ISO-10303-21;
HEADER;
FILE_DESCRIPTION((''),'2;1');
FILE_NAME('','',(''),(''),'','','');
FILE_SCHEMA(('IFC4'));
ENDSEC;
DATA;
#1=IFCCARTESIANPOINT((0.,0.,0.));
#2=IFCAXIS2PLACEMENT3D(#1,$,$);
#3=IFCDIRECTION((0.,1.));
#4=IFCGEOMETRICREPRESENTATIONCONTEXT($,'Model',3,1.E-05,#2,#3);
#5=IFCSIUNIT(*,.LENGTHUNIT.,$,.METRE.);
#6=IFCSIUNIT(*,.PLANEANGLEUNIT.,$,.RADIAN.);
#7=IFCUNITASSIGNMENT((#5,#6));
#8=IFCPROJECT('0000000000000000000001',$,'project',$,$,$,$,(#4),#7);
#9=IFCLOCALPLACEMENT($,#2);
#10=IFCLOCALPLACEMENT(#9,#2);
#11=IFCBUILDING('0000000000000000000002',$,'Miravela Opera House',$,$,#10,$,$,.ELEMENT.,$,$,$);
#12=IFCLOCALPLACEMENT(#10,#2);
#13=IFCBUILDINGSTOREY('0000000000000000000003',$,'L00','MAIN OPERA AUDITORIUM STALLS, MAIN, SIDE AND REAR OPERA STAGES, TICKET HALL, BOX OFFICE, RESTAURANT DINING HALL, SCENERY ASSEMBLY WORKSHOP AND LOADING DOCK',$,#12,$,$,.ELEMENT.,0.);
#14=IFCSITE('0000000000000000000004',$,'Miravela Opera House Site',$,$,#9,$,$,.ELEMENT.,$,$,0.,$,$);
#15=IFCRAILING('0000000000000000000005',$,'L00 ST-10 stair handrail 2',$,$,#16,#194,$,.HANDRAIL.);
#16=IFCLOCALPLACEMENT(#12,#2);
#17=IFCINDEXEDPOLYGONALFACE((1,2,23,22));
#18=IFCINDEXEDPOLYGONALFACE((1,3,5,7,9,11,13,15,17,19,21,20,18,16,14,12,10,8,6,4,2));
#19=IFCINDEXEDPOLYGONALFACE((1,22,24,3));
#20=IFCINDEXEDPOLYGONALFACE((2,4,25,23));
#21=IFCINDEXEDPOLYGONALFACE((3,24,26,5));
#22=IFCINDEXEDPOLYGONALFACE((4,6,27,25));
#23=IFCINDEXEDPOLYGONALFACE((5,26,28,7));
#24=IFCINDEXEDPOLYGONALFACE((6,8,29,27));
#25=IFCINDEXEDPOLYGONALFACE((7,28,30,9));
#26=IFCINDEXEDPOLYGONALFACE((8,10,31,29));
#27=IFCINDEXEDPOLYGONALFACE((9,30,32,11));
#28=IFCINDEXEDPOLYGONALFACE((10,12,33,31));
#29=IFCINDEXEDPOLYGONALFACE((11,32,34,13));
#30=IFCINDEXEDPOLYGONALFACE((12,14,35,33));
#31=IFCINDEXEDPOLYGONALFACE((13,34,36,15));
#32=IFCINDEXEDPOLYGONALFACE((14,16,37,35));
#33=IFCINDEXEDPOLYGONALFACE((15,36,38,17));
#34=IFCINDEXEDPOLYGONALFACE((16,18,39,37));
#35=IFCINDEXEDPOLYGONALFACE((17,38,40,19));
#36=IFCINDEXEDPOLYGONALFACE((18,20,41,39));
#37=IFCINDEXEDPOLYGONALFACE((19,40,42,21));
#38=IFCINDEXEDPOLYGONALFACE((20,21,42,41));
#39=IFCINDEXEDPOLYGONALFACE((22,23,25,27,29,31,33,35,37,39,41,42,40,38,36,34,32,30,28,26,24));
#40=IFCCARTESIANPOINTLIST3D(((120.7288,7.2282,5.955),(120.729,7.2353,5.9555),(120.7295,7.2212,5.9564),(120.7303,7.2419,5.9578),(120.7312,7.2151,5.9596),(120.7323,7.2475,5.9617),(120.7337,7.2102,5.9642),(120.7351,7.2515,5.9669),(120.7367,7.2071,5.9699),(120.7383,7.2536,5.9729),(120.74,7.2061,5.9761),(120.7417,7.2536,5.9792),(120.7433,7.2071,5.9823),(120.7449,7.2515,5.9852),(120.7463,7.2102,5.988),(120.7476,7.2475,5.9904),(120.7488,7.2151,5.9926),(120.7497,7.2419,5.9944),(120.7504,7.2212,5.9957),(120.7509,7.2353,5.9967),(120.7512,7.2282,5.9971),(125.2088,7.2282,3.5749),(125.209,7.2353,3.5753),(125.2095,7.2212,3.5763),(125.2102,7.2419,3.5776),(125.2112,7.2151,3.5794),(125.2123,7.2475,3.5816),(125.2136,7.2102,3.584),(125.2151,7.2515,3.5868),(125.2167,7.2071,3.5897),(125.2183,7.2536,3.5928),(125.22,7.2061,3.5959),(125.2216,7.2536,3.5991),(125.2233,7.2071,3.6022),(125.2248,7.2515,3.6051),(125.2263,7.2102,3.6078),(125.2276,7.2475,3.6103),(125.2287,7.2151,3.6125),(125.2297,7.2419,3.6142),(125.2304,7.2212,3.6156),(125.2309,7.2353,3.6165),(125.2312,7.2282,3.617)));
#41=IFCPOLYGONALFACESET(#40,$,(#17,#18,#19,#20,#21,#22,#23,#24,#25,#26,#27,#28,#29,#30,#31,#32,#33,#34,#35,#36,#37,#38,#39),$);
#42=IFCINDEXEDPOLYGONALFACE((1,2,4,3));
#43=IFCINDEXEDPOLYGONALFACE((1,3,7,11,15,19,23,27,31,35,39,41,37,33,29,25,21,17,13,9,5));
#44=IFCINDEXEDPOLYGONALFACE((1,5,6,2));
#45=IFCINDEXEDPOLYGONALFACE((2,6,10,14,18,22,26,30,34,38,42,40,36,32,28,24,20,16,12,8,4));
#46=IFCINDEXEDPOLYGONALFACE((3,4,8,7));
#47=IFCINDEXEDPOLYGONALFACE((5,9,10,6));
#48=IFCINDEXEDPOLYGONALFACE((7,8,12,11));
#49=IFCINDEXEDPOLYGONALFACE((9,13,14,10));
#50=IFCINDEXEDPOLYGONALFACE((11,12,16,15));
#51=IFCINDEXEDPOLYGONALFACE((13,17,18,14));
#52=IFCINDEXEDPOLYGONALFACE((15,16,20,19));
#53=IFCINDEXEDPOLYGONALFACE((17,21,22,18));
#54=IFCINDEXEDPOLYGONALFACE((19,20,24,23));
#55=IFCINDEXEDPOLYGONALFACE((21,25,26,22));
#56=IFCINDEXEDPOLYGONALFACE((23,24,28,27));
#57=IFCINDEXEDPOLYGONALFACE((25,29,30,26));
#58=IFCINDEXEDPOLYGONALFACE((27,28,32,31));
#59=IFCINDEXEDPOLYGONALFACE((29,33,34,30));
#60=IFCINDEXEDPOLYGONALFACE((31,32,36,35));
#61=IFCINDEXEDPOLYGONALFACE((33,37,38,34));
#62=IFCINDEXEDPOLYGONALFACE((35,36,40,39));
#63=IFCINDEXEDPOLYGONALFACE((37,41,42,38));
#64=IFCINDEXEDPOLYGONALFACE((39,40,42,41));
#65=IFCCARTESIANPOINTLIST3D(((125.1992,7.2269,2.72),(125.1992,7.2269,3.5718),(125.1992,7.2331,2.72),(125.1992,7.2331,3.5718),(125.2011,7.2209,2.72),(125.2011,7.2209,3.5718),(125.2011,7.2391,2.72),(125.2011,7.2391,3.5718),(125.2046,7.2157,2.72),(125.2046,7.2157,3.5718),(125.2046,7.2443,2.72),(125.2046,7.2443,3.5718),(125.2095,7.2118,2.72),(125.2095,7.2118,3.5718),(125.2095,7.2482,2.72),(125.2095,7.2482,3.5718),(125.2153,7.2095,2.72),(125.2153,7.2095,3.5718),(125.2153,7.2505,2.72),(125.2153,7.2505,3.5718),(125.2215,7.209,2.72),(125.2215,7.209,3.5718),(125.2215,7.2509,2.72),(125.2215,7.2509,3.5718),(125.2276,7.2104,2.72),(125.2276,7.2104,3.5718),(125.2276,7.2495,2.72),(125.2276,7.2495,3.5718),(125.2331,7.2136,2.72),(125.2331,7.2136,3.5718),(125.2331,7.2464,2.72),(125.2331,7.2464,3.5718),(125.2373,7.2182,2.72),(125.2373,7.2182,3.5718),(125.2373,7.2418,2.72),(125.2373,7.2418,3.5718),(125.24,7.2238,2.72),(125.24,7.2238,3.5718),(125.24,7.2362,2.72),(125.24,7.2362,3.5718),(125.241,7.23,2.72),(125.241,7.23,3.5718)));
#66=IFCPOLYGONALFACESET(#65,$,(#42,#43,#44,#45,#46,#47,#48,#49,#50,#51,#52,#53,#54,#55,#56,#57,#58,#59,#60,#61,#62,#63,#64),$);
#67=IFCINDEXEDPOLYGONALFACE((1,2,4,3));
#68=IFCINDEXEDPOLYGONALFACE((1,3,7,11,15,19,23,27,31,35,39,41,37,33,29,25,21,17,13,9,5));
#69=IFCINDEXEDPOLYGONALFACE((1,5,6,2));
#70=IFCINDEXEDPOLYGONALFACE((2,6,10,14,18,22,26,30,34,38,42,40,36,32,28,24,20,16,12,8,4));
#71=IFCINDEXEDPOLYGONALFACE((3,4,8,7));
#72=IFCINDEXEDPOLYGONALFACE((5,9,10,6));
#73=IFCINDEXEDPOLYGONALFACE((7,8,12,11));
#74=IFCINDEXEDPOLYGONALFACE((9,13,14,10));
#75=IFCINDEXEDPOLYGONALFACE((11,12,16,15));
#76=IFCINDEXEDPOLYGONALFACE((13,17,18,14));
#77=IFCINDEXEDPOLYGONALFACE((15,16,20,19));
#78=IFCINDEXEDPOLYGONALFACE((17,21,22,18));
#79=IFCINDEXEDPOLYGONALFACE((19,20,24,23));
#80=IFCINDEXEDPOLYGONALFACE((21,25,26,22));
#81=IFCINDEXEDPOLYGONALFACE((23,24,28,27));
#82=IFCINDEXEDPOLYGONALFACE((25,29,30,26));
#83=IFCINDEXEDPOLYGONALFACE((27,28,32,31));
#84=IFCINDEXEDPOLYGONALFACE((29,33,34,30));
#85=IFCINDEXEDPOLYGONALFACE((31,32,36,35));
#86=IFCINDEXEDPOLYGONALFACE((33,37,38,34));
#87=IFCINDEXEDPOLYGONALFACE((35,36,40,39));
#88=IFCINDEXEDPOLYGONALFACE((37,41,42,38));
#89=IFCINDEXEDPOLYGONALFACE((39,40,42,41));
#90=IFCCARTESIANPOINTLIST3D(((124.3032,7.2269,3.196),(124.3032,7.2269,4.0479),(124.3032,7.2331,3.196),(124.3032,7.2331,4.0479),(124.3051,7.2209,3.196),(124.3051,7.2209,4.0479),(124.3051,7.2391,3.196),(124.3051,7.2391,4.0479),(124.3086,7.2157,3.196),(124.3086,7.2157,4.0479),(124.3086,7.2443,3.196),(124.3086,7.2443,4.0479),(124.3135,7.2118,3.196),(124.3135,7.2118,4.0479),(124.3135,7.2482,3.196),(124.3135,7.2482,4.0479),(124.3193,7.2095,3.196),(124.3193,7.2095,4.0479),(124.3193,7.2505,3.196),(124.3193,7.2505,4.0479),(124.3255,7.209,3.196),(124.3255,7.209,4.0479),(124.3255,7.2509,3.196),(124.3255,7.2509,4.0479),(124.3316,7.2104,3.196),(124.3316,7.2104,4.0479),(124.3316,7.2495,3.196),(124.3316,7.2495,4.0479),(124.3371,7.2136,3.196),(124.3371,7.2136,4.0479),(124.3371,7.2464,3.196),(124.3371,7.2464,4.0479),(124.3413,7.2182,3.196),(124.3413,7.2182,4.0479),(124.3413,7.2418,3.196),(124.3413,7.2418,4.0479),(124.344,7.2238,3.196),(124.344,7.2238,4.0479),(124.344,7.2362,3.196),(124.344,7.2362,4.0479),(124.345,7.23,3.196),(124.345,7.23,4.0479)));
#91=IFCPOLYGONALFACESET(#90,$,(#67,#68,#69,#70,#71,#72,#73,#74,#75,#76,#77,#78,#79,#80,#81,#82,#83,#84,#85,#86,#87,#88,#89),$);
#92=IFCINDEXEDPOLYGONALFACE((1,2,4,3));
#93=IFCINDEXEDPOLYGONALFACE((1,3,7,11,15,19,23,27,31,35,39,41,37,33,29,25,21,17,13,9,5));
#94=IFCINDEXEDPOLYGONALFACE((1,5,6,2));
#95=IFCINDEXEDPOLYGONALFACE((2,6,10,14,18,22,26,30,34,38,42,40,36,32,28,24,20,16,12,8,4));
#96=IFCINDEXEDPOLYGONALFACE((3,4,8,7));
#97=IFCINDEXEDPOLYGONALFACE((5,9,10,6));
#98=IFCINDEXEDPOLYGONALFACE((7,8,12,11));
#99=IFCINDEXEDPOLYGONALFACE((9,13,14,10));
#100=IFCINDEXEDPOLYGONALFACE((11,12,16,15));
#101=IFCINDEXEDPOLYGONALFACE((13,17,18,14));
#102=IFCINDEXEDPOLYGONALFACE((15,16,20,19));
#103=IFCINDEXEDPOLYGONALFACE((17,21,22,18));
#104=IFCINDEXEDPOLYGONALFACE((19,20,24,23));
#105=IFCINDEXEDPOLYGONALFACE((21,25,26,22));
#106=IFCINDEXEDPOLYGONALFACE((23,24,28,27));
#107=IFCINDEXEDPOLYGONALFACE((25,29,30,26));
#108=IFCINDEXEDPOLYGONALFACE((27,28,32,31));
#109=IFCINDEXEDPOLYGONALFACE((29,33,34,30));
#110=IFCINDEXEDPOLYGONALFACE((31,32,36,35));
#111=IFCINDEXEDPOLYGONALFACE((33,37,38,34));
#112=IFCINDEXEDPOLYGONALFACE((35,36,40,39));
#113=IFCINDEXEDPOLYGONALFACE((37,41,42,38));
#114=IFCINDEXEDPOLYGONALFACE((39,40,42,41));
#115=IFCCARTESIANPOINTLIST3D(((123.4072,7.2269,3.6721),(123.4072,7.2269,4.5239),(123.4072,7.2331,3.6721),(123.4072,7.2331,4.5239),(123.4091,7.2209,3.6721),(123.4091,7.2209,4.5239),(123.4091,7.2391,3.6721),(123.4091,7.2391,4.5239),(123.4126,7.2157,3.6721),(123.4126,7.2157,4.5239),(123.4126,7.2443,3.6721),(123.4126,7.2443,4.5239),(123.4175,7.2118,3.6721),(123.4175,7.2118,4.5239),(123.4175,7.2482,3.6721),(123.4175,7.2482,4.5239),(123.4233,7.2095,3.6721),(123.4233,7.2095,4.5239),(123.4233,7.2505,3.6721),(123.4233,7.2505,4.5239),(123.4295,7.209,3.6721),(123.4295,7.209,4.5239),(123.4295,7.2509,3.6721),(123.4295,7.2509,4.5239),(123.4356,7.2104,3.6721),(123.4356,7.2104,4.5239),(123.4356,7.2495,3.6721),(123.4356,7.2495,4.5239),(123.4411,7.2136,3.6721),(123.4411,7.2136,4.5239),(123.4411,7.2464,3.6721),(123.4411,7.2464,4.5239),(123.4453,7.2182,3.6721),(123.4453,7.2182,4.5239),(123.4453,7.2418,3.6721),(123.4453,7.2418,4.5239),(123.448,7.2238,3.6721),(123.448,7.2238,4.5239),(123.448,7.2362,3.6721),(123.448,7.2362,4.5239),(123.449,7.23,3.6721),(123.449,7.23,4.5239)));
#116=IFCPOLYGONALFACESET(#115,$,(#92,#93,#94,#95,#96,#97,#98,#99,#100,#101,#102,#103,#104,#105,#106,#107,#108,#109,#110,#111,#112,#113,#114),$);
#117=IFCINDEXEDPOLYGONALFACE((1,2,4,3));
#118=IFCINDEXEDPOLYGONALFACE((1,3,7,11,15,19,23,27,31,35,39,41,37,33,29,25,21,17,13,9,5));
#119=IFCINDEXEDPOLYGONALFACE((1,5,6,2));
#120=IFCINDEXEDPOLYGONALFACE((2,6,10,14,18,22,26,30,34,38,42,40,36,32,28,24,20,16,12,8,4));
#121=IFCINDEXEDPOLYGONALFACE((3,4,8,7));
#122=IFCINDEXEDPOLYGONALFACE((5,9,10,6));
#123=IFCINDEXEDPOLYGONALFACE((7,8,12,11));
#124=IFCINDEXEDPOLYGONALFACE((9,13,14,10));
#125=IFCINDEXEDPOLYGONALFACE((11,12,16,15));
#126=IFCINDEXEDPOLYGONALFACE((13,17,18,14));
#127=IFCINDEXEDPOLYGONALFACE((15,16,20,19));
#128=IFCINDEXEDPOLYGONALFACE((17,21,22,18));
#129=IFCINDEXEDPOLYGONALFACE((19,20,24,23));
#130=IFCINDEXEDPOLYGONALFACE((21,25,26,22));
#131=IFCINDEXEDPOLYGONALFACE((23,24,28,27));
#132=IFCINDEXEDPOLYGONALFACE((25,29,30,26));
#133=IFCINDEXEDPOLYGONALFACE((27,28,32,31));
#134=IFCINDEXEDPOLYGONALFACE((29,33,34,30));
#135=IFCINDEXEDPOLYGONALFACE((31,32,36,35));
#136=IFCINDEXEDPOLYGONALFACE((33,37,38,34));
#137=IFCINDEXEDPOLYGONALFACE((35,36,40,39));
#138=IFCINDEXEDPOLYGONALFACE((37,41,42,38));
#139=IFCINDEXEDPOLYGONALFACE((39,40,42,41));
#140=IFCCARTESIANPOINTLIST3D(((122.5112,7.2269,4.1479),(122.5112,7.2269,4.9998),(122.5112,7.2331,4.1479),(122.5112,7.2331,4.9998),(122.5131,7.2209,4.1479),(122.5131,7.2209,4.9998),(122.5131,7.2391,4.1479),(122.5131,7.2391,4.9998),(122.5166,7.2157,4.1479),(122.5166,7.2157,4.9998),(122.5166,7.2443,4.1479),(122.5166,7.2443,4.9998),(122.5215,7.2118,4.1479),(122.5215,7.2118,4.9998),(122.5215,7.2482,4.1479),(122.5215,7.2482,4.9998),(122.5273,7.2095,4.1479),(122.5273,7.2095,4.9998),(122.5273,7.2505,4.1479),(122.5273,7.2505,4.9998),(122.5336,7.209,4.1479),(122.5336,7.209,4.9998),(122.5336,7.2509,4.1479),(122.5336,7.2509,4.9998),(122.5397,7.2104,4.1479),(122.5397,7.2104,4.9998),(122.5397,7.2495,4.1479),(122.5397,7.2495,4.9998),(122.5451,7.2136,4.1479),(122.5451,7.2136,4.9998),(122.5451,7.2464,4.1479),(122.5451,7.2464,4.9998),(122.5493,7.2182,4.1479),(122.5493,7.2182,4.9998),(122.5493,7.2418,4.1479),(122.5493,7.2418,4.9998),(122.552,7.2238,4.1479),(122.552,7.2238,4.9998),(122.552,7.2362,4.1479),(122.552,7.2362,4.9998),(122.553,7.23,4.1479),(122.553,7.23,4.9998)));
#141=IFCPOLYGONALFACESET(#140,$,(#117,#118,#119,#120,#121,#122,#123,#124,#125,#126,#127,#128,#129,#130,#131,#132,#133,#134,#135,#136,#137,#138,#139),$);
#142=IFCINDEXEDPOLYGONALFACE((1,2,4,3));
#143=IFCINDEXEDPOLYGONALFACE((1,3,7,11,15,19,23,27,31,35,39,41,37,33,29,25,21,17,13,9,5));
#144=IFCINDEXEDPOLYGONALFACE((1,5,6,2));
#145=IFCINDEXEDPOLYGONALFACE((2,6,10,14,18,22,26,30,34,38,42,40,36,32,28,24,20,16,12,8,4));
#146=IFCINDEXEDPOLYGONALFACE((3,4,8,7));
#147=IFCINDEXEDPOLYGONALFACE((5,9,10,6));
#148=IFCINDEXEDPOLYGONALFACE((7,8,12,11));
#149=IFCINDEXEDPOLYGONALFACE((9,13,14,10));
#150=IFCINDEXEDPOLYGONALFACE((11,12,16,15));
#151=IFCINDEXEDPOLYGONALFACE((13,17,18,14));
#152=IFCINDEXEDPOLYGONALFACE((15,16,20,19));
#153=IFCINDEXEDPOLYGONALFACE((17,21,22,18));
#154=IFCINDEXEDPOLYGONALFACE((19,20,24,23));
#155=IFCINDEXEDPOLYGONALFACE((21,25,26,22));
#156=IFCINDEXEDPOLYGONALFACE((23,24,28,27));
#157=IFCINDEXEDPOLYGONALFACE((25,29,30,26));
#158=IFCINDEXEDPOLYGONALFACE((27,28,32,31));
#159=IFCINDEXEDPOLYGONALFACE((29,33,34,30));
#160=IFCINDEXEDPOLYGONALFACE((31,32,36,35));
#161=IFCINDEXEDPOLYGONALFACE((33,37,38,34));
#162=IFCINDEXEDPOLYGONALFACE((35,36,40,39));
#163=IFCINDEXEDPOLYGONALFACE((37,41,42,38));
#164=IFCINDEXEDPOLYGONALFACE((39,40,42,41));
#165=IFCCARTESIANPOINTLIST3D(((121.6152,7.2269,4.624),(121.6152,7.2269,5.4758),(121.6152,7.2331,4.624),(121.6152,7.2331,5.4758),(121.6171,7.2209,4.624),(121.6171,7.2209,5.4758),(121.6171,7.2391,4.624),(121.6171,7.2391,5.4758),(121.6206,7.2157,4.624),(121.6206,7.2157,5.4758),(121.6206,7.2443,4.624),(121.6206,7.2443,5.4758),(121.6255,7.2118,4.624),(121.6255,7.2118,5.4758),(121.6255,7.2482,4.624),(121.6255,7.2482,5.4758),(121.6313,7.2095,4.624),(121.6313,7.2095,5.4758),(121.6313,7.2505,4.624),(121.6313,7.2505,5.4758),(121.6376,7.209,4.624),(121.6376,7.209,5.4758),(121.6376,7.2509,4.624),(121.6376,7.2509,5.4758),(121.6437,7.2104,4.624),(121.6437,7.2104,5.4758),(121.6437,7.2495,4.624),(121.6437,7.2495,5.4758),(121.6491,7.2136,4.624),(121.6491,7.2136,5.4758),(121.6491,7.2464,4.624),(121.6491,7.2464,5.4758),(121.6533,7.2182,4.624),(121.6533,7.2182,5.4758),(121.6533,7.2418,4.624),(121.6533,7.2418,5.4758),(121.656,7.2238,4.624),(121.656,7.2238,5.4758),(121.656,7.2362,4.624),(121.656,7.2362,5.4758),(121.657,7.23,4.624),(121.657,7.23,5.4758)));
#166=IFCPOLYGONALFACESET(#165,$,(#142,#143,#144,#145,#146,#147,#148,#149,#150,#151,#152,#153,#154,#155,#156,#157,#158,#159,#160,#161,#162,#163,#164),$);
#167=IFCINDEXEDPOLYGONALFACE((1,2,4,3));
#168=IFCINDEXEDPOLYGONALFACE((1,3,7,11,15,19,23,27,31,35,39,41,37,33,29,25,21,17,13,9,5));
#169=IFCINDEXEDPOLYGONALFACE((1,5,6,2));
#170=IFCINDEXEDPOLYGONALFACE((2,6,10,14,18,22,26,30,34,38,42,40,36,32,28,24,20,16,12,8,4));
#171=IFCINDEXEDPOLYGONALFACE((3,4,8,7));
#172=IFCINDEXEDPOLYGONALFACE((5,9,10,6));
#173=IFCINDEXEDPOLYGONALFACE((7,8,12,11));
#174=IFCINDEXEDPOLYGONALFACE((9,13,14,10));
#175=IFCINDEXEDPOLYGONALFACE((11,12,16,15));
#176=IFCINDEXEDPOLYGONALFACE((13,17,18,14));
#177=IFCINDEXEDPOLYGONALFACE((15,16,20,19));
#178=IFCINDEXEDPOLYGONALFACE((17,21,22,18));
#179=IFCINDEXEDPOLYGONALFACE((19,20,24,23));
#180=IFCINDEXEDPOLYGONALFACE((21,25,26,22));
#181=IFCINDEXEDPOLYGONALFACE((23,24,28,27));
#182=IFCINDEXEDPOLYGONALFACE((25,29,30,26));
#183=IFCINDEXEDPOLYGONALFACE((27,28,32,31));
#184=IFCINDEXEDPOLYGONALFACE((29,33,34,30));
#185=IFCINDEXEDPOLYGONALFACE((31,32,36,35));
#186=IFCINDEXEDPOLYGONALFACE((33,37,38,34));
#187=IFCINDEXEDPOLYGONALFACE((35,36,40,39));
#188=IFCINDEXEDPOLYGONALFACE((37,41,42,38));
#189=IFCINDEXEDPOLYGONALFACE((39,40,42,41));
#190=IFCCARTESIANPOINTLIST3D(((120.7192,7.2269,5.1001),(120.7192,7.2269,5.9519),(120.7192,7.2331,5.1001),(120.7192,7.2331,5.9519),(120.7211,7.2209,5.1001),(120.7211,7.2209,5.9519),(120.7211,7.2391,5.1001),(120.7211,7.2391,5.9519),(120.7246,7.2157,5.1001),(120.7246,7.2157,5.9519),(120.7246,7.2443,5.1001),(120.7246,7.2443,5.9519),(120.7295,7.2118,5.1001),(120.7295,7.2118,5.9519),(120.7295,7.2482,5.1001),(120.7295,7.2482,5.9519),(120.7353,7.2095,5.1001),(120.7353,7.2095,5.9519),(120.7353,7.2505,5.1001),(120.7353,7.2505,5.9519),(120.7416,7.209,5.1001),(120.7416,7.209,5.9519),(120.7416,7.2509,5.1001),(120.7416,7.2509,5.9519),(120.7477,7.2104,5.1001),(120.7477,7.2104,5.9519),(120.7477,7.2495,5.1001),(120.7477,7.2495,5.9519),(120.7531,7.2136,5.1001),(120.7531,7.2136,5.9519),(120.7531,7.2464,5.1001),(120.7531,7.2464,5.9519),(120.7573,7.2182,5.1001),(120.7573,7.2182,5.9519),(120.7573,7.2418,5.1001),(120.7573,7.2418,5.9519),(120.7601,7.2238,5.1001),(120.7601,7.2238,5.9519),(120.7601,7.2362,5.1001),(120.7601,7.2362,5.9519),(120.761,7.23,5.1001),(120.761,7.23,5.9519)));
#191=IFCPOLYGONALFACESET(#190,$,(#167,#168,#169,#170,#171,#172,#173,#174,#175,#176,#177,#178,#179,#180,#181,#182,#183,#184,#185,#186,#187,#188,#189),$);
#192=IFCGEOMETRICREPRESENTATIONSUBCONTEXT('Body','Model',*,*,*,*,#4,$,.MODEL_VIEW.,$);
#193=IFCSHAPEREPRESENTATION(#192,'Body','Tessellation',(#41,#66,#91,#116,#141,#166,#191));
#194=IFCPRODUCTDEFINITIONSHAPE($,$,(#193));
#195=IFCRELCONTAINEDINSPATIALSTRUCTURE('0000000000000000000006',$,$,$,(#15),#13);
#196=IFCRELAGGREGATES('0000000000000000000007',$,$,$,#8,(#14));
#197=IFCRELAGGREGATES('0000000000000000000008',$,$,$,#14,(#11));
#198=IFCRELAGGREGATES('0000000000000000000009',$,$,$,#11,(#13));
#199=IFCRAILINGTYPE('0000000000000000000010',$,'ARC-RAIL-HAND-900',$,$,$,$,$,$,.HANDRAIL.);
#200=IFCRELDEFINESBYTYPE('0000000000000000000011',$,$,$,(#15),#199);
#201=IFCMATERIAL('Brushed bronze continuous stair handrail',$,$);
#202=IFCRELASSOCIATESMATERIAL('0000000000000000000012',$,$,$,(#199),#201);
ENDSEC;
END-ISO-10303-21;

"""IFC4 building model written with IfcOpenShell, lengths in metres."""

from ifc_helpers import new_model, si_unit, direction, frame, origin, origin_2d, place, context, subcontext, project, spatial, circle, extrude, material, type_object, element, save


model = new_model("IFC4")

# Units and contexts
model_context = context("Model", 3, precision=1e-05, world=origin(), true_north=direction((0.0, 1.0)))
body_context = subcontext(model_context, "Body", "Model", "MODEL_VIEW")
ifc_project = project(units=[si_unit("LENGTHUNIT", "METRE"), si_unit("PLANEANGLEUNIT", "RADIAN")], contexts=[model_context])

# Site, building, storey
site_placement = place(None, origin())
site = spatial("IfcSite", under=ifc_project, at=site_placement, Name="Miravela Opera House Site", CompositionType="ELEMENT", RefElevation=0.0)
building_placement = place(site_placement, origin())
building = spatial("IfcBuilding", under=site, at=building_placement, Name="Miravela Opera House", CompositionType="ELEMENT")
storey_placement = place(building_placement, origin())
storey = spatial("IfcBuildingStorey", under=building, at=storey_placement, Name="L00", Description="MAIN OPERA AUDITORIUM STALLS, MAIN, SIDE AND REAR OPERA STAGES, TICKET HALL, BOX OFFICE, RESTAURANT DINING HALL, SCENERY ASSEMBLY WORKSHOP AND LOADING DOCK", CompositionType="ELEMENT", Elevation=0.0)

# Railing
ifc_material_1 = material(Name="Brushed bronze continuous stair handrail")
railing_type_1 = type_object("IfcRailingType", Name="ARC-RAIL-HAND-900", PredefinedType="HANDRAIL", material=ifc_material_1)
railing_1_placement = place(storey_placement, frame((125.22, 7.23, 2.72)))
element("IfcRailing", 1, at=railing_1_placement, inside=storey, type_object=railing_type_1, Name="L00 ST-10 stair handrail 2", PredefinedType="HANDRAIL", context=body_context, shape_type="SweptSolid", body=[
    extrude(circle(Radius=0.0239, at=origin_2d()), frame((0.0, 0.0, 0.876), z_axis=(-0.883105, 0.0, 0.469176), x_axis=(0.0, -1.0, 0.0)), (0.0, 0.0, 1.0), 5.073),
    extrude(circle(Radius=0.021, at=origin_2d()), origin(), (0.0, 0.0, 1.0), 0.8518),
    extrude(circle(Radius=0.021, at=origin_2d()), frame((-0.896, 0.0, 0.4761)), (0.0, 0.0, 1.0), 0.8518),
    extrude(circle(Radius=0.021, at=origin_2d()), frame((-1.792, 0.0, 0.9521)), (0.0, 0.0, 1.0), 0.8518),
    extrude(circle(Radius=0.021, at=origin_2d()), frame((-2.688, 0.0, 1.428)), (0.0, 0.0, 1.0), 0.8518),
    extrude(circle(Radius=0.021, at=origin_2d()), frame((-3.584, 0.0, 1.9041)), (0.0, 0.0, 1.0), 0.8518),
    extrude(circle(Radius=0.021, at=origin_2d()), frame((-4.48, 0.0, 2.3801)), (0.0, 0.0, 1.0), 0.8518),
])

save(model, "model.ifc")
